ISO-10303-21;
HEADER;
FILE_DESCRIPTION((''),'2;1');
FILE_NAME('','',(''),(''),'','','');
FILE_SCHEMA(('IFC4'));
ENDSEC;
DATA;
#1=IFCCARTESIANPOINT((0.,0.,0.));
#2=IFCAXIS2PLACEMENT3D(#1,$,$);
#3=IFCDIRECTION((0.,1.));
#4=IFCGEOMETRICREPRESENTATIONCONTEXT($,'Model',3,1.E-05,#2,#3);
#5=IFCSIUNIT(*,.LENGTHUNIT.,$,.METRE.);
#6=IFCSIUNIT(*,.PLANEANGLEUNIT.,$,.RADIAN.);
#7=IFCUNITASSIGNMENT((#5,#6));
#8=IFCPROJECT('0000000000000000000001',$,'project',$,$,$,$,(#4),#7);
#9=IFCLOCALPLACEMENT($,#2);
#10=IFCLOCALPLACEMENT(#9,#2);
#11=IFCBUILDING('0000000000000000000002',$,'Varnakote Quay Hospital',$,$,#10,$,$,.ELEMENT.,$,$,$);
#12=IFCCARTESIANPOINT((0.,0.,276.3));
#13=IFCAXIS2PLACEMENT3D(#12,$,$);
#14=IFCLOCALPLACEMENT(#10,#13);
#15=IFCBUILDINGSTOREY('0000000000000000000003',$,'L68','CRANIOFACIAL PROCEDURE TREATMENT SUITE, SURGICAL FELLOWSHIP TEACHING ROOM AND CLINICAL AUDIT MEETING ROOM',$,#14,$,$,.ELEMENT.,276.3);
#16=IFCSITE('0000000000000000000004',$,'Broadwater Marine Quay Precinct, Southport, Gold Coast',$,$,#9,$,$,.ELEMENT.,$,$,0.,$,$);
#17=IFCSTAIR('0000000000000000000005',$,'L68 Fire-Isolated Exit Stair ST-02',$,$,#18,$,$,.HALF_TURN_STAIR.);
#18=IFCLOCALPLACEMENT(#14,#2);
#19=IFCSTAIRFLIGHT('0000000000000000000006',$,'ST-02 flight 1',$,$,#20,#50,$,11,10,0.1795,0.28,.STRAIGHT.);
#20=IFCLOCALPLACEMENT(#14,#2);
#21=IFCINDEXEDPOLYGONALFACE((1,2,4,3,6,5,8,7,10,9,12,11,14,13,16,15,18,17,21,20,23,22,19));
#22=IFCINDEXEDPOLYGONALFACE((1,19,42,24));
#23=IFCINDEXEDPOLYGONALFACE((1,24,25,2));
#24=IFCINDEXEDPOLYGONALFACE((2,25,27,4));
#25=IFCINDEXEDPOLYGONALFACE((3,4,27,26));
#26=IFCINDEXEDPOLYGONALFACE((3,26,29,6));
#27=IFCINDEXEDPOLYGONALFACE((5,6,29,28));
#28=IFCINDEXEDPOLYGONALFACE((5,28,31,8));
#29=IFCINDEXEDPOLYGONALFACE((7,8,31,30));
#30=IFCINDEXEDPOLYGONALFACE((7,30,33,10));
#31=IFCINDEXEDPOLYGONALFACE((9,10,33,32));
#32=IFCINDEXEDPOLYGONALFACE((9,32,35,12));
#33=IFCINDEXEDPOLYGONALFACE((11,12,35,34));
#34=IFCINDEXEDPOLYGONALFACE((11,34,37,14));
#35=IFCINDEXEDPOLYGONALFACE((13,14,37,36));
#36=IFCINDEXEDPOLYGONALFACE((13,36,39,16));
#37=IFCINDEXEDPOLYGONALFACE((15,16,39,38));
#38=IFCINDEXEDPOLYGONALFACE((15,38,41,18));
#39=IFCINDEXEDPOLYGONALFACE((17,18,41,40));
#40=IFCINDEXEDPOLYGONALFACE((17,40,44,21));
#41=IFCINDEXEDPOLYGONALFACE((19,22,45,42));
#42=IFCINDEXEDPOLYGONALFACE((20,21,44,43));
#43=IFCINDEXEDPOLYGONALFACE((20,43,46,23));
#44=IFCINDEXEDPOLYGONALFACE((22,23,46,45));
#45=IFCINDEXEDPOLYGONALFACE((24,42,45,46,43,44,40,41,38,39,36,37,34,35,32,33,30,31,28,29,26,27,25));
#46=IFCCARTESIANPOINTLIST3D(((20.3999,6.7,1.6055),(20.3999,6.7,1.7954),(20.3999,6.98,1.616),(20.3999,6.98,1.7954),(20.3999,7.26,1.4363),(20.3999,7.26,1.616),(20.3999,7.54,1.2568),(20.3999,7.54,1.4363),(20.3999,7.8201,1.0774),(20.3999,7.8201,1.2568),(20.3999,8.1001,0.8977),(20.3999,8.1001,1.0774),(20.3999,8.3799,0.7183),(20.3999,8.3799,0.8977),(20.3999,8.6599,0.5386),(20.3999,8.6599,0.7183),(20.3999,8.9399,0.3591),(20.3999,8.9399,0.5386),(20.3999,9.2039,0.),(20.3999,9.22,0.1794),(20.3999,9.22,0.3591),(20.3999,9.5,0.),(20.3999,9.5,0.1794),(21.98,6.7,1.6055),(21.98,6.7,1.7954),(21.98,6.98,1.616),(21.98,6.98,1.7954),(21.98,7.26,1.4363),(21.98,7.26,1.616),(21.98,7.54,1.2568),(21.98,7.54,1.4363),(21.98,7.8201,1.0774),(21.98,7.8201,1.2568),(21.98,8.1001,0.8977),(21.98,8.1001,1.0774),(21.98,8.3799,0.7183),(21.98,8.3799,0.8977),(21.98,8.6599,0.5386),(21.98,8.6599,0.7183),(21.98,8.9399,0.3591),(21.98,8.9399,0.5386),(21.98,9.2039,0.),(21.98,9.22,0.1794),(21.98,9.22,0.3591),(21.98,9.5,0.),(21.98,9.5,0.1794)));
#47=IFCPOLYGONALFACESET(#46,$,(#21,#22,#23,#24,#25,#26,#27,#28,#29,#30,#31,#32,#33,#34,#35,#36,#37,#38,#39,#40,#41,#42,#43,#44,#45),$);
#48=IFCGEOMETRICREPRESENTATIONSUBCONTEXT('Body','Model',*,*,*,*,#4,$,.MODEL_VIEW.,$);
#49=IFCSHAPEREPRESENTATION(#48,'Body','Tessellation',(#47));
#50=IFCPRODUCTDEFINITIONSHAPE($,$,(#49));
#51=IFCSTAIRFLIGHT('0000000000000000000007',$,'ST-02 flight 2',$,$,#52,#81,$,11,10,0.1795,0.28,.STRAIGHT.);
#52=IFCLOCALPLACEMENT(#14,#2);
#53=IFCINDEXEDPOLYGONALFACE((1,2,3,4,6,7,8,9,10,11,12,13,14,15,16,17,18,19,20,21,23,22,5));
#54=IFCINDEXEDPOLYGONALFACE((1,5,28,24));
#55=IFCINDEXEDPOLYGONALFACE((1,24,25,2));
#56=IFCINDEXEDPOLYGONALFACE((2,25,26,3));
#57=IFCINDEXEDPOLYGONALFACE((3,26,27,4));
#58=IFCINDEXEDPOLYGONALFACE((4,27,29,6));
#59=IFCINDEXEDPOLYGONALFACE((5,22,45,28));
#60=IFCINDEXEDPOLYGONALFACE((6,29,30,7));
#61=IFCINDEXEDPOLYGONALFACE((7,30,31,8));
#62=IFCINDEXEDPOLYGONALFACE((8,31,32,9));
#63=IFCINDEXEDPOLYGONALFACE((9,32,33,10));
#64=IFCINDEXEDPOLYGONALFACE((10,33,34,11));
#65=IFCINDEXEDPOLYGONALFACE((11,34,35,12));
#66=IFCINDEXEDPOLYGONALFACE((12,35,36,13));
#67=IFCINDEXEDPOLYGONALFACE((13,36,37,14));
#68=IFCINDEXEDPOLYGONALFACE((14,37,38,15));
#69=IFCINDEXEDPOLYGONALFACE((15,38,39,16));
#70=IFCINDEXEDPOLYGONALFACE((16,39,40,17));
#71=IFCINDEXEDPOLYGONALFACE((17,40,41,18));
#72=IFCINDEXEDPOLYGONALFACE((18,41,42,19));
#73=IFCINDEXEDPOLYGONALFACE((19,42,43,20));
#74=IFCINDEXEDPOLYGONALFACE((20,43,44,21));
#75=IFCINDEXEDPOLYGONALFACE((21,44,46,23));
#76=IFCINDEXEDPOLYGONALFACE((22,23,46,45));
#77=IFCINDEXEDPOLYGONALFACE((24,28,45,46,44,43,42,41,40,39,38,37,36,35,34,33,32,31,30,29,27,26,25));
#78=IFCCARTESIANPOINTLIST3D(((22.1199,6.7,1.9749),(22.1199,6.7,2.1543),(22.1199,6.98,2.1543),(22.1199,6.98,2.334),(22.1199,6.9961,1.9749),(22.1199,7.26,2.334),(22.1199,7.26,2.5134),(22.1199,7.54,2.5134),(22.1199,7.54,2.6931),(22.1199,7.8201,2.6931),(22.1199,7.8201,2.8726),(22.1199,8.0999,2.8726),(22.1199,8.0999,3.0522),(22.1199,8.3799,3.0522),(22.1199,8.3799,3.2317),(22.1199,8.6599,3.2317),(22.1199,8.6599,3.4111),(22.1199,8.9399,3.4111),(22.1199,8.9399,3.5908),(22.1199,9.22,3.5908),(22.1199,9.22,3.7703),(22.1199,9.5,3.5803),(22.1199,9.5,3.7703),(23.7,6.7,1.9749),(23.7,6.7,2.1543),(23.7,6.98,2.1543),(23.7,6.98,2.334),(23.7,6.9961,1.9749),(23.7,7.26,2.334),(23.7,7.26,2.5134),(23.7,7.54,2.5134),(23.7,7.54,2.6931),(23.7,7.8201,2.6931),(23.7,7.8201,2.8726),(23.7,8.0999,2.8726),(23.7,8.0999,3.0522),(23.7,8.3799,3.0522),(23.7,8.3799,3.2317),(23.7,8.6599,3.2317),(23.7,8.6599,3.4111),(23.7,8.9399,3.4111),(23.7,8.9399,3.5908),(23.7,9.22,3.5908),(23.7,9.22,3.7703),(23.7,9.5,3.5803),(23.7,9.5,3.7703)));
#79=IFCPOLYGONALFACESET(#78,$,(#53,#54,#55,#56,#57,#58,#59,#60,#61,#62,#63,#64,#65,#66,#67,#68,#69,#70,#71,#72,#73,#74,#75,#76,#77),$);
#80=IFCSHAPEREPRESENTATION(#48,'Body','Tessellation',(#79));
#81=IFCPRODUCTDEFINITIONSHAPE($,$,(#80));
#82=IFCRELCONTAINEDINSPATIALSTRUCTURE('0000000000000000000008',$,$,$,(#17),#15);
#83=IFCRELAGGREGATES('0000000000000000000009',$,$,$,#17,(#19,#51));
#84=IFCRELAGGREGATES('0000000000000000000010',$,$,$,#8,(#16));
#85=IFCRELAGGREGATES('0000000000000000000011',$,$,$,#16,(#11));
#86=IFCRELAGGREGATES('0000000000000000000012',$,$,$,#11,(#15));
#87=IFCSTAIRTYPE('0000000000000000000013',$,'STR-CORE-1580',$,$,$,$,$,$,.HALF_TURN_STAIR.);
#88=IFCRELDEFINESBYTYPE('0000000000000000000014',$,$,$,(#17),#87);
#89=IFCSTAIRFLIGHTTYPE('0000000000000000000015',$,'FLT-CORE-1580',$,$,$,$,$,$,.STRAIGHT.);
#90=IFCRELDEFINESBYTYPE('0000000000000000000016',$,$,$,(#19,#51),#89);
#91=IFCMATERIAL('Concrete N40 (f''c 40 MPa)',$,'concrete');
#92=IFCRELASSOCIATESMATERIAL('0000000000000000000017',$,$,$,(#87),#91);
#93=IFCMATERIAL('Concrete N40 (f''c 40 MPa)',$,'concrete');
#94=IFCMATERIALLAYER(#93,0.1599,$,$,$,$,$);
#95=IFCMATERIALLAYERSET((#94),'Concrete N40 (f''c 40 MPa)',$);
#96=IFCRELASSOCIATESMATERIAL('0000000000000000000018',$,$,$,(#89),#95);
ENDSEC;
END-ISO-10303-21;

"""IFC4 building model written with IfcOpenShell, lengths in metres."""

from ifc_helpers import new_model, si_unit, direction, frame, origin, place, context, subcontext, project, spatial, polyline, outline, extrude, material, layer, layer_set, type_object, element, aggregate, save


model = new_model("IFC4")

# Units and contexts
model_context = context("Model", 3, precision=1e-05, world=origin(), true_north=direction((0.0, 1.0)))
body_context = subcontext(model_context, "Body", "Model", "MODEL_VIEW")
ifc_project = project(units=[si_unit("LENGTHUNIT", "METRE"), si_unit("PLANEANGLEUNIT", "RADIAN")], contexts=[model_context])

# Site, building, storey
site_placement = place(None, origin())
site = spatial("IfcSite", under=ifc_project, at=site_placement, Name="Broadwater Marine Quay Precinct, Southport, Gold Coast", CompositionType="ELEMENT", RefElevation=0.0)
building_placement = place(site_placement, origin())
building = spatial("IfcBuilding", under=site, at=building_placement, Name="Varnakote Quay Hospital", CompositionType="ELEMENT")
storey_placement = place(building_placement, frame((0.0, 0.0, 276.3)))
storey = spatial("IfcBuildingStorey", under=building, at=storey_placement, Name="L68", Description="CRANIOFACIAL PROCEDURE TREATMENT SUITE, SURGICAL FELLOWSHIP TEACHING ROOM AND CLINICAL AUDIT MEETING ROOM", CompositionType="ELEMENT", Elevation=276.3)

# Stair, stair flights
ifc_material_1 = material(Name="Concrete N40 (f'c 40 MPa)", Category="concrete")
stair_type = type_object("IfcStairType", Name="STR-CORE-1580", PredefinedType="HALF_TURN_STAIR", material=ifc_material_1)
stair_placement = place(storey_placement, origin())
stair = element("IfcStair", 1, at=stair_placement, inside=storey, type_object=stair_type, Name="L68 Fire-Isolated Exit Stair ST-02", PredefinedType="HALF_TURN_STAIR")
ifc_material_2 = material(Name="Concrete N40 (f'c 40 MPa)", Category="concrete")
ifc_layer_1 = layer(ifc_material_2, 0.1599)
ifc_layer_set_1 = layer_set([ifc_layer_1], Name="Concrete N40 (f'c 40 MPa)")
stair_flight_type = type_object("IfcStairFlightType", Name="FLT-CORE-1580", PredefinedType="STRAIGHT", material=ifc_layer_set_1)
stair_flight_1_placement = place(storey_placement, frame((21.1899, 9.5, 0.0), z_axis=(0.0, 0.0, 1.0), x_axis=(0.0, -1.0, 0.0)))
stair_flight_1 = element("IfcStairFlight", 2, at=stair_flight_1_placement, type_object=stair_flight_type, Name="ST-02 flight 1", NumberOfRisers=11, NumberOfTreads=10, PredefinedType="STRAIGHT", RiserHeight=0.1795, TreadLength=0.28, context=body_context, shape_type="SweptSolid", body=[
    extrude(outline(polyline([(0.0, 0.0), (0.0, 0.1794), (0.28, 0.1794), (0.28, 0.3591), (0.5601, 0.3591), (0.5601, 0.5386), (0.8401, 0.5386), (0.8401, 0.7183), (1.1201, 0.7183), (1.1201, 0.8977), (1.3999, 0.8977), (1.3999, 1.0774), (1.6799, 1.0774), (1.6799, 1.2568), (1.96, 1.2568), (1.96, 1.4363), (2.24, 1.4363), (2.24, 1.616), (2.52, 1.616), (2.52, 1.7954), (2.8, 1.7954), (2.8, 1.9751), (2.8, 1.6055), (0.2961, 0.0), (0.0, 0.0)])), frame((0.0, 0.79, 0.0), z_axis=(0.0, -1.0, 0.0), x_axis=(1.0, 0.0, 0.0)), (0.0, 0.0, 1.0), 1.5801),
])
stair_flight_2_placement = place(storey_placement, frame((22.9099, 6.7, 1.9749), z_axis=(0.0, 0.0, 1.0), x_axis=(0.0, 1.0, 0.0)))
stair_flight_2 = element("IfcStairFlight", 3, at=stair_flight_2_placement, type_object=stair_flight_type, Name="ST-02 flight 2", NumberOfRisers=11, NumberOfTreads=10, PredefinedType="STRAIGHT", RiserHeight=0.1795, TreadLength=0.28, context=body_context, shape_type="SweptSolid", body=[
    extrude(outline(polyline([(0.0, 0.0), (0.0, 0.1794), (0.28, 0.1794), (0.28, 0.3591), (0.5601, 0.3591), (0.5601, 0.5386), (0.8401, 0.5386), (0.8401, 0.7183), (1.1201, 0.7183), (1.1201, 0.8977), (1.3999, 0.8977), (1.3999, 1.0774), (1.6799, 1.0774), (1.6799, 1.2568), (1.96, 1.2568), (1.96, 1.4363), (2.24, 1.4363), (2.24, 1.616), (2.52, 1.616), (2.52, 1.7954), (2.8, 1.7954), (2.8, 1.9751), (2.8, 1.6055), (0.2961, 0.0), (0.0, 0.0)])), frame((0.0, 0.79, 0.0), z_axis=(0.0, -1.0, 0.0), x_axis=(1.0, 0.0, 0.0)), (0.0, 0.0, 1.0), 1.5801),
])
aggregate(stair, [stair_flight_1, stair_flight_2])

save(model, "model.ifc")
